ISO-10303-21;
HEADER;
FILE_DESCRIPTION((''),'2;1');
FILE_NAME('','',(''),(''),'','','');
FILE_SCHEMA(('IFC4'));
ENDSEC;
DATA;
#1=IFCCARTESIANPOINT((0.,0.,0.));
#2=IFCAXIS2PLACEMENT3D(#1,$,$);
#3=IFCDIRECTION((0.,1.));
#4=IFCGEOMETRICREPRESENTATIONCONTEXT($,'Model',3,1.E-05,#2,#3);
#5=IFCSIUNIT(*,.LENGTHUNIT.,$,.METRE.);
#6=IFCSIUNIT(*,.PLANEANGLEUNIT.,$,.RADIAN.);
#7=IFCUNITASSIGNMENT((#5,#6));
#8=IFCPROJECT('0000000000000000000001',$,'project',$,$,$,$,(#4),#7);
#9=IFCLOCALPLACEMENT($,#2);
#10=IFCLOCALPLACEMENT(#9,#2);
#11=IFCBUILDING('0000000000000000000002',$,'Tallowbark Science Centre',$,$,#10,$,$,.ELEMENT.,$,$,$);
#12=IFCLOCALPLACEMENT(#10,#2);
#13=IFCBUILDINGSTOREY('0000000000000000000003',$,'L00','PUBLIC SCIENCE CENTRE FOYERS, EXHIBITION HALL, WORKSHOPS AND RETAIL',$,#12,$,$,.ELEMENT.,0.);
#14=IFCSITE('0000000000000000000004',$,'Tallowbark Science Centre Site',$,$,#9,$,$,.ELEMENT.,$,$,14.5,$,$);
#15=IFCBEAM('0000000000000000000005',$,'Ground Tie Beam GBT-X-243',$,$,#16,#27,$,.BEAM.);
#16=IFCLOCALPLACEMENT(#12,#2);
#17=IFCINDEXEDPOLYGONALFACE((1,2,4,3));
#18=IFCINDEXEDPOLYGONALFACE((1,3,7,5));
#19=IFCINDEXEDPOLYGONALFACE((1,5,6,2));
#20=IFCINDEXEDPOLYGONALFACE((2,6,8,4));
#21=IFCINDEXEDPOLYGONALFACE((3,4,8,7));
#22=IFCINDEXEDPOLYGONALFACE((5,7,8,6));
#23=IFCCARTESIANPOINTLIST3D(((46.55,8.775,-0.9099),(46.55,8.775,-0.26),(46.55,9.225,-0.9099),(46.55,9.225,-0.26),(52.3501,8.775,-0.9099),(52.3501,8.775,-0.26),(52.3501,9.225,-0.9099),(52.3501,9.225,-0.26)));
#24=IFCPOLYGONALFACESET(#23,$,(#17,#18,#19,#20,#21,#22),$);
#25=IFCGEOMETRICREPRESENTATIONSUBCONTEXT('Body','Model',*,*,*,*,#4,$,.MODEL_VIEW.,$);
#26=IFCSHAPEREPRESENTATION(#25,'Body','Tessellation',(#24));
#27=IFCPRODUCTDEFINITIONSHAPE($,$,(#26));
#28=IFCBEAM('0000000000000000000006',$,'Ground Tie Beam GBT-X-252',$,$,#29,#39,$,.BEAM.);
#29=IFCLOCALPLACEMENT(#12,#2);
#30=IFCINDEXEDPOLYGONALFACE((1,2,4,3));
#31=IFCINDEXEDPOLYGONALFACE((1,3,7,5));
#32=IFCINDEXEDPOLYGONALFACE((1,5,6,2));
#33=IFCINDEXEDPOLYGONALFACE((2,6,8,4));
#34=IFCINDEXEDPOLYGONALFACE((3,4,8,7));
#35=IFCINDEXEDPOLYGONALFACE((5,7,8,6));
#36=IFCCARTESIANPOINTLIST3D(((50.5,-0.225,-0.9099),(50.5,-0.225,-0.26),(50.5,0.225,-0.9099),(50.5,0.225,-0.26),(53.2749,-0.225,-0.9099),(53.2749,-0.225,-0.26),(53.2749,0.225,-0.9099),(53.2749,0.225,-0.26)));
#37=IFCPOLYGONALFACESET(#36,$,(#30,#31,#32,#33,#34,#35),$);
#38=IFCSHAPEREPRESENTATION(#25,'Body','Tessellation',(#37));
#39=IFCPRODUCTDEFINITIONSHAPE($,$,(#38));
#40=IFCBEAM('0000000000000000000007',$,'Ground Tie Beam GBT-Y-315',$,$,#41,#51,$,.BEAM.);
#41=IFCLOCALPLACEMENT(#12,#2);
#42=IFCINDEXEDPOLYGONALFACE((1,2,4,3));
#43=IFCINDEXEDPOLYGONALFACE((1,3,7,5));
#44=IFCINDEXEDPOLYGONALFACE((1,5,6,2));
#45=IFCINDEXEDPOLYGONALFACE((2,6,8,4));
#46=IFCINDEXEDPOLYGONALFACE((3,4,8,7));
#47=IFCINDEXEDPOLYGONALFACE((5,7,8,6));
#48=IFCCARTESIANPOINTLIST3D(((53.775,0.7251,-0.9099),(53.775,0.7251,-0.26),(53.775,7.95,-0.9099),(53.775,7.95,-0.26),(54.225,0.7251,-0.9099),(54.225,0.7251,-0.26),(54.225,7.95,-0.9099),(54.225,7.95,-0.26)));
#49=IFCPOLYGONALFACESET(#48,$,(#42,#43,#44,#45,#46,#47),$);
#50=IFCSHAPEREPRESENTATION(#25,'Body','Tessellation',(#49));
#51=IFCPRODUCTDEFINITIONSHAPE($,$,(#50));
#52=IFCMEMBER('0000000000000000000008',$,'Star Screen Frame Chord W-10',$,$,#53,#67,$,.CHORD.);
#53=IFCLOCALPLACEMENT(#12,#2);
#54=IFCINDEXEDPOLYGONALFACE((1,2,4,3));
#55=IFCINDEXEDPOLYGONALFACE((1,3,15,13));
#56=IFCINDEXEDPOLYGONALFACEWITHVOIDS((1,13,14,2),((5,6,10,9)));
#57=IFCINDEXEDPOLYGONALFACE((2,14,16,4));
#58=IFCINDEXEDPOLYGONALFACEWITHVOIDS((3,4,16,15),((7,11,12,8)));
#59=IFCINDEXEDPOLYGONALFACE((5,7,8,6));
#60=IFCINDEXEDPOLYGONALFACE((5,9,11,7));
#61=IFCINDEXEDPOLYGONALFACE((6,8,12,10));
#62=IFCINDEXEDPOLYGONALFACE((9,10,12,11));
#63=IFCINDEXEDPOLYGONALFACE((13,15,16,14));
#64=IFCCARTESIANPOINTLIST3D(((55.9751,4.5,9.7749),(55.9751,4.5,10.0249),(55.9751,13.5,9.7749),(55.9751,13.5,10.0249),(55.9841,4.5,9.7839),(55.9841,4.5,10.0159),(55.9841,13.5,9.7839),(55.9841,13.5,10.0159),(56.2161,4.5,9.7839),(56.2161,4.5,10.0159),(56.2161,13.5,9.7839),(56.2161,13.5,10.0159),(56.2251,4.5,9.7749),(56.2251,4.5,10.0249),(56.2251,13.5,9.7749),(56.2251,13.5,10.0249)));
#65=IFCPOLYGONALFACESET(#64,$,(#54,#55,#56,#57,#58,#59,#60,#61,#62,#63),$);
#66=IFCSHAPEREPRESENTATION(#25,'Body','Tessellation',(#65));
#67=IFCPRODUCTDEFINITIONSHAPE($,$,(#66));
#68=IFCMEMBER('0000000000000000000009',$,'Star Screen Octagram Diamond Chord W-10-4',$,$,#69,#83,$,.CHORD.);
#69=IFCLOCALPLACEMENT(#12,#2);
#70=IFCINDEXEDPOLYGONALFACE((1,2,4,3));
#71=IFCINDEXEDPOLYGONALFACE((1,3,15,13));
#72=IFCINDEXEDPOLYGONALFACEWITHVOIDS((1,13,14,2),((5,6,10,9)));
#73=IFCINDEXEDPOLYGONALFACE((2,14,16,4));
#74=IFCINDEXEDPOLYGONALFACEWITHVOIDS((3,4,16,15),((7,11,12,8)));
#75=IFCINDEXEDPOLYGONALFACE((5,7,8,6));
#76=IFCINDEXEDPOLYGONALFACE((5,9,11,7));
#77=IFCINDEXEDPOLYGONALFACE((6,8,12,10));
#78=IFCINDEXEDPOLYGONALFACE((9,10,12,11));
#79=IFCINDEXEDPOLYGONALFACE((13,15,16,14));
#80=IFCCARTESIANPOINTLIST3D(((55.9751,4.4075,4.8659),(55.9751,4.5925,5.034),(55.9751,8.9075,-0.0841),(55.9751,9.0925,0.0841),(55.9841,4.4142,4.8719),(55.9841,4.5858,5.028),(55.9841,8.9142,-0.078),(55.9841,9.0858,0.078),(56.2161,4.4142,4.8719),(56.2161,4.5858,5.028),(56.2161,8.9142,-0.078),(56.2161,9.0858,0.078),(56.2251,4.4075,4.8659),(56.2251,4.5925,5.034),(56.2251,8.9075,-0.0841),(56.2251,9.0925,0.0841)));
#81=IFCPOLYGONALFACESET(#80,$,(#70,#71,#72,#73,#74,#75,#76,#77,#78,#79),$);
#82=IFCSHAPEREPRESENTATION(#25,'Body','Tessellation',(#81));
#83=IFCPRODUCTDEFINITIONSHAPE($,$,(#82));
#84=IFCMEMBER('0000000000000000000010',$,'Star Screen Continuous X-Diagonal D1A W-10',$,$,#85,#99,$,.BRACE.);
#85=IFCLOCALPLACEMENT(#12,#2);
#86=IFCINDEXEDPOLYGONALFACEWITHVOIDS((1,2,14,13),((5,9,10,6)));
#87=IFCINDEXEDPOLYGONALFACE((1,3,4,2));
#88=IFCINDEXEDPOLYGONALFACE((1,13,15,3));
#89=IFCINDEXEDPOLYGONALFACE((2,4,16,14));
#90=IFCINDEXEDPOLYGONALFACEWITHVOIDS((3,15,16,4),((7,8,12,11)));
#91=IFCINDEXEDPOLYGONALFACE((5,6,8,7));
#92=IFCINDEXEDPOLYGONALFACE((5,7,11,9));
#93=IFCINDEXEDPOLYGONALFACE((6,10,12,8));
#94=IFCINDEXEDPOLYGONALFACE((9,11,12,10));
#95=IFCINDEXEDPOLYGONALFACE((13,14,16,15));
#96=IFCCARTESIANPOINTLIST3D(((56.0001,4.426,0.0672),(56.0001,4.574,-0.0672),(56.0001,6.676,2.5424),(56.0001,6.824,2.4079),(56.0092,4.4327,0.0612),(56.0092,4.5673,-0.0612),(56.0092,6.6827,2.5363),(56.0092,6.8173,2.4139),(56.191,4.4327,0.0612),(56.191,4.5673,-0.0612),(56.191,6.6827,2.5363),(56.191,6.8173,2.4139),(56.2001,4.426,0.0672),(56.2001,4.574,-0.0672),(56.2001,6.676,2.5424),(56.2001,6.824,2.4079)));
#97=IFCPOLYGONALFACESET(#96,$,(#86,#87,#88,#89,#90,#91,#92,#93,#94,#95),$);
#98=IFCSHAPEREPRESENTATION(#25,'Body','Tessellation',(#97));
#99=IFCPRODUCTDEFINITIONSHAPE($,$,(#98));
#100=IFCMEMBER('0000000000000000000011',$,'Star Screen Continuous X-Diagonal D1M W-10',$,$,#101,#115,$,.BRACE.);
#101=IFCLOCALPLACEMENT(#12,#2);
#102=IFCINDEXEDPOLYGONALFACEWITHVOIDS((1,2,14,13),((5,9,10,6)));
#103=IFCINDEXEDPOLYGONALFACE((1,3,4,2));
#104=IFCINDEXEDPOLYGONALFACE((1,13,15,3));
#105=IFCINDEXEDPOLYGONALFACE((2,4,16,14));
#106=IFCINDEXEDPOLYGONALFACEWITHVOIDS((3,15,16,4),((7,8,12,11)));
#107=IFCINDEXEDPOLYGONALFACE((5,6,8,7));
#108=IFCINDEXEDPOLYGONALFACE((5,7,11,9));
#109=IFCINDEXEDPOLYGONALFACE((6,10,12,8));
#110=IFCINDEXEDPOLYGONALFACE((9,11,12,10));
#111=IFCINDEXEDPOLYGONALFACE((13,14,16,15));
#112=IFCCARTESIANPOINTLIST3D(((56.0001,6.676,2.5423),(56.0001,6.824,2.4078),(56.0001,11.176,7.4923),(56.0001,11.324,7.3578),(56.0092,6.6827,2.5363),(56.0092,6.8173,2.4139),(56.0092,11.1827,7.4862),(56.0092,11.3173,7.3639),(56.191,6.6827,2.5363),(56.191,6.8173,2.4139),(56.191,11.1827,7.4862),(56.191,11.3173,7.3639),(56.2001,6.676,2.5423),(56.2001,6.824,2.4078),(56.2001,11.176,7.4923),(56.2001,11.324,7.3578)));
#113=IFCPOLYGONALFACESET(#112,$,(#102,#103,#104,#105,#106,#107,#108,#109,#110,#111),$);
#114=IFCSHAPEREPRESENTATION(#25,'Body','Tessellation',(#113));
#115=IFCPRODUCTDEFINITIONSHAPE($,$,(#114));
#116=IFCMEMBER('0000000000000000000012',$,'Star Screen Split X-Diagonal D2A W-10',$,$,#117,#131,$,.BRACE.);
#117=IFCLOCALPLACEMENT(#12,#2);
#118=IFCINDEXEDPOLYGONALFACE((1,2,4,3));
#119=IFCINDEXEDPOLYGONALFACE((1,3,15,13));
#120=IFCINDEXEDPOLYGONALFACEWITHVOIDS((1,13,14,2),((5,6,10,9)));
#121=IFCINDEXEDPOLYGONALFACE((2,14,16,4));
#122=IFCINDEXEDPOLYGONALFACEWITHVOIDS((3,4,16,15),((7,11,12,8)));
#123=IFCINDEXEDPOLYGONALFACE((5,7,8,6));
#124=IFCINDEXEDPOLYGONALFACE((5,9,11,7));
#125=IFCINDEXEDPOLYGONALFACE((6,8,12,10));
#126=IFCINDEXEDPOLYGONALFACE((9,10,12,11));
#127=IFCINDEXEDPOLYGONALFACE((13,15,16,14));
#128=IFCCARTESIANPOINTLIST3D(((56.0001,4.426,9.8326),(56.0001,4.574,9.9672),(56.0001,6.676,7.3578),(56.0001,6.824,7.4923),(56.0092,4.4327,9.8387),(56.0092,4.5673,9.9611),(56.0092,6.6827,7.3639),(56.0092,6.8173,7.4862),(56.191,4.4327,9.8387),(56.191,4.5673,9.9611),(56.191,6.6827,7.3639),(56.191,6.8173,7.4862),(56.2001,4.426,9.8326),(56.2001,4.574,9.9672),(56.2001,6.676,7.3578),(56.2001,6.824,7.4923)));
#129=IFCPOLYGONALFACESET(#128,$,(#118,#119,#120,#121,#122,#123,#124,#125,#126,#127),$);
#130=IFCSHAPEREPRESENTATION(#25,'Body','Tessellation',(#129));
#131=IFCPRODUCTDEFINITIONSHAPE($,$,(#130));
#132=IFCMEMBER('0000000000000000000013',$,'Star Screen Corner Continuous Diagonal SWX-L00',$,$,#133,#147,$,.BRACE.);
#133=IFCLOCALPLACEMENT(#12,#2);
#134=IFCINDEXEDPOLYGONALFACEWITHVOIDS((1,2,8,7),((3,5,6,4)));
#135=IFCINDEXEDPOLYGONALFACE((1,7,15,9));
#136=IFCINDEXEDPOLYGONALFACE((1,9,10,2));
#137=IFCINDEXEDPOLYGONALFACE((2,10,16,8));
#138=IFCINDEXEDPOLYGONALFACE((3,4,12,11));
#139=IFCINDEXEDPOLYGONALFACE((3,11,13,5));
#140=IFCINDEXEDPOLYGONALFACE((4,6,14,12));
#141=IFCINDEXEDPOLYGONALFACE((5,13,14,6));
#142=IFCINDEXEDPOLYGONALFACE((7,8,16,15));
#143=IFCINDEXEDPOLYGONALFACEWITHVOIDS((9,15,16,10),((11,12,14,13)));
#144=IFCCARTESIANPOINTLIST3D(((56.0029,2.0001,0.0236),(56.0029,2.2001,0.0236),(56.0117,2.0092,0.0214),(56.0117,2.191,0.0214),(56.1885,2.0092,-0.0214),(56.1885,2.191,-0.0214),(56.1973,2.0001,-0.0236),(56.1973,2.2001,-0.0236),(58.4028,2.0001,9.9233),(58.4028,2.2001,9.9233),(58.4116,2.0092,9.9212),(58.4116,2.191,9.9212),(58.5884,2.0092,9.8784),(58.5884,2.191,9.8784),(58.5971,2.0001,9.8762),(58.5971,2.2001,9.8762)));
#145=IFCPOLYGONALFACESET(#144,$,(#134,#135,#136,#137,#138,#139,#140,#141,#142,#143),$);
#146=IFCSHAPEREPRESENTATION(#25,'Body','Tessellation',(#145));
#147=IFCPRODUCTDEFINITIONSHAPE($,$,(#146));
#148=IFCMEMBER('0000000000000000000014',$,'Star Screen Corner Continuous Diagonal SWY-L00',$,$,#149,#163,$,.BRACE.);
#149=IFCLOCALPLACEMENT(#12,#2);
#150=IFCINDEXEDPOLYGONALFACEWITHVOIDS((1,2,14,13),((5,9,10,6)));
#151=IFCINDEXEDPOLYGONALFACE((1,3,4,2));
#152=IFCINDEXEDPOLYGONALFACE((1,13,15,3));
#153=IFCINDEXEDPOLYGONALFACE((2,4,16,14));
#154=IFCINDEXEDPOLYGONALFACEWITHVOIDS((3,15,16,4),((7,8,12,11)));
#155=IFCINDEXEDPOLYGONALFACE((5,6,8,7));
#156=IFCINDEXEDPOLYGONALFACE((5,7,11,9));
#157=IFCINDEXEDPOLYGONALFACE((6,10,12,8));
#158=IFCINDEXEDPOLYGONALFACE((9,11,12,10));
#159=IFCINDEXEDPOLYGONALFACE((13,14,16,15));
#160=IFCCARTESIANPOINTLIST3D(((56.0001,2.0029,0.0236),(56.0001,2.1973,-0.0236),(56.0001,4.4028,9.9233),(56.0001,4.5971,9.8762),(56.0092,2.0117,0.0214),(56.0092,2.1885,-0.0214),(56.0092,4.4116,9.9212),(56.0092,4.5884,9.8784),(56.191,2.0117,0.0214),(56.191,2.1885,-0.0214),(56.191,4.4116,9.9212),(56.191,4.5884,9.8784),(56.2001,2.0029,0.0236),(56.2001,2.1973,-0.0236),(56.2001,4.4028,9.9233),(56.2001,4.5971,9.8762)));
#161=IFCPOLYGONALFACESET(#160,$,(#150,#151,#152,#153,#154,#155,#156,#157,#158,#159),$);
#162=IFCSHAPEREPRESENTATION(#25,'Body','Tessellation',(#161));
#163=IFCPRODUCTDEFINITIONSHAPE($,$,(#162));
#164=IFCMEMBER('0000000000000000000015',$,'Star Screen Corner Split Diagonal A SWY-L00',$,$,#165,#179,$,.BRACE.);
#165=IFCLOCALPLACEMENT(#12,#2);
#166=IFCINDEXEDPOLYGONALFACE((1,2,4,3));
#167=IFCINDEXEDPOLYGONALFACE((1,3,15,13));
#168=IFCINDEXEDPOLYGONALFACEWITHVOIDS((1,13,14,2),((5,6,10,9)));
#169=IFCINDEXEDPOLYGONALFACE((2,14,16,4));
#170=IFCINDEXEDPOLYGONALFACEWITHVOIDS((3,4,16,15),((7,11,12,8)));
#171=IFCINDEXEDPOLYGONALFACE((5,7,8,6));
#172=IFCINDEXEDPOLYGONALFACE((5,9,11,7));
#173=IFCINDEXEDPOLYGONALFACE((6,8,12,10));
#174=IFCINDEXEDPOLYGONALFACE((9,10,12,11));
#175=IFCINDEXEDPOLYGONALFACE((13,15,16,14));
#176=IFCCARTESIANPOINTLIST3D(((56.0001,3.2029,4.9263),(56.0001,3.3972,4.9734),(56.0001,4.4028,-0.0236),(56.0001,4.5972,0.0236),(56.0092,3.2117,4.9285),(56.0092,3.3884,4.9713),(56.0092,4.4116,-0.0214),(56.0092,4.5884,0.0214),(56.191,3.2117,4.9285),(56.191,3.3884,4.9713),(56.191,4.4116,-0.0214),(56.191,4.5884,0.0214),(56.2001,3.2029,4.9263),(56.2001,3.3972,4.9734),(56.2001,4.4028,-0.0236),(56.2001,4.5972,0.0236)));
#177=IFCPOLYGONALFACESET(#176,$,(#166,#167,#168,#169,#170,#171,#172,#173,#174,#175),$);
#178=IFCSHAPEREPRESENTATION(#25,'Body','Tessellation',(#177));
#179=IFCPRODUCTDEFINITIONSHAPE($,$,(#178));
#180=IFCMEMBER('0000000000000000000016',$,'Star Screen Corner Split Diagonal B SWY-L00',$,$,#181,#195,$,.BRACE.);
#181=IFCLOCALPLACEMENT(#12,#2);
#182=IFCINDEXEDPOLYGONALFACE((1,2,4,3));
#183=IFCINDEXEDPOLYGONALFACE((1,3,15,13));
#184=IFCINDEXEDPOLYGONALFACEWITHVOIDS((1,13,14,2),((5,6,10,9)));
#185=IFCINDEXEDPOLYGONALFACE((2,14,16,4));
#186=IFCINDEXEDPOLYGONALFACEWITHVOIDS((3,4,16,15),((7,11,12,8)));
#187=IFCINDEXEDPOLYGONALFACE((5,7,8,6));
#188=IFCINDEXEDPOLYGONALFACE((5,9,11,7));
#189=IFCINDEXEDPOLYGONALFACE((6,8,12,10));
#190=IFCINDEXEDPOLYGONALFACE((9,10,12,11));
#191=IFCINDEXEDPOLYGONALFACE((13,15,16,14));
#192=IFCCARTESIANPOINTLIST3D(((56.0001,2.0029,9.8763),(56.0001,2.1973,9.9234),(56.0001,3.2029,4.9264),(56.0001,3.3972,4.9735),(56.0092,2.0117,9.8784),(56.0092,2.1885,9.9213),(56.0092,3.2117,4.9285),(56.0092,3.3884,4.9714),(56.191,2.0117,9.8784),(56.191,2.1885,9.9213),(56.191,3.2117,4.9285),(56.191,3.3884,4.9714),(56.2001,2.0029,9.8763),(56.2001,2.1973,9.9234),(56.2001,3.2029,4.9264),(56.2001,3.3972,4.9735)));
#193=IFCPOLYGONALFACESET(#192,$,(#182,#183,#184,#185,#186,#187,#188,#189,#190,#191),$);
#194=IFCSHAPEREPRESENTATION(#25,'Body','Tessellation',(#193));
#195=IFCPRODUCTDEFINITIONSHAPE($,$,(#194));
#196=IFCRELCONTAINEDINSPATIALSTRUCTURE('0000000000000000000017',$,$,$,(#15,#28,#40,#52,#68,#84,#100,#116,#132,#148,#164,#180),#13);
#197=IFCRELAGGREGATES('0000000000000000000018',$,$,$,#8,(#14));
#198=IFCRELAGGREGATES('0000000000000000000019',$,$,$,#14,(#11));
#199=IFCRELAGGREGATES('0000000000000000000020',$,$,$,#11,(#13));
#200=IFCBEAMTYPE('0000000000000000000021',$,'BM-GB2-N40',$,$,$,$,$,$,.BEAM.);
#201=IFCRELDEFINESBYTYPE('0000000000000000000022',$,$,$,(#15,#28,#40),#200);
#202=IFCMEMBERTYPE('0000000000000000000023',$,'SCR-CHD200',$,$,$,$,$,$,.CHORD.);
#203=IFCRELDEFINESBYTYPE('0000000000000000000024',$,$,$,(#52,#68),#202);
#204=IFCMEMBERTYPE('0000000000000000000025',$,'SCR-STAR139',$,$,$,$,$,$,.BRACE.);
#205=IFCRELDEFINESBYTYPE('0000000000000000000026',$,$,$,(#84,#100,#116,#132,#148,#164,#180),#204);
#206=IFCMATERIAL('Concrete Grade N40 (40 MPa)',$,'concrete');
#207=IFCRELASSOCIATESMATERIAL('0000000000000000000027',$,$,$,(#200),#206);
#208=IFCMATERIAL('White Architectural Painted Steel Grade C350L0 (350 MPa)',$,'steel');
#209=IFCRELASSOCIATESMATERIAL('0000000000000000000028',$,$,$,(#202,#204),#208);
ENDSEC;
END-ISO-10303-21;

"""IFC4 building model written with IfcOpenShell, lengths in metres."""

from ifc_helpers import new_model, si_unit, direction, frame, origin, origin_2d, place, context, subcontext, project, spatial, rectangle, hollow_rectangle, extrude, material, material_profile, profile_set, type_object, element, save


model = new_model("IFC4")

# Units and contexts
model_context = context("Model", 3, precision=1e-05, world=origin(), true_north=direction((0.0, 1.0)))
body_context = subcontext(model_context, "Body", "Model", "MODEL_VIEW")
ifc_project = project(units=[si_unit("LENGTHUNIT", "METRE"), si_unit("PLANEANGLEUNIT", "RADIAN")], contexts=[model_context])

# Site, building, storey
site_placement = place(None, origin())
site = spatial("IfcSite", under=ifc_project, at=site_placement, Name="Tallowbark Science Centre Site", CompositionType="ELEMENT", RefElevation=14.5)
building_placement = place(site_placement, origin())
building = spatial("IfcBuilding", under=site, at=building_placement, Name="Tallowbark Science Centre", CompositionType="ELEMENT")
storey_placement = place(building_placement, origin())
storey = spatial("IfcBuildingStorey", under=building, at=storey_placement, Name="L00", Description="PUBLIC SCIENCE CENTRE FOYERS, EXHIBITION HALL, WORKSHOPS AND RETAIL", CompositionType="ELEMENT", Elevation=0.0)

# Shared definitions
ifc_material_1 = material(Name="Concrete Grade N40 (40 MPa)", Category="concrete")

# Shared definitions
ifc_material_2 = material(Name="White Architectural Painted Steel Grade C350L0 (350 MPa)", Category="steel")

# Beams
ifc_material_profile_1 = material_profile(ifc_material_1, rectangle(XDim=0.45, YDim=0.6499, at=origin_2d()), Name="RC450x650")
ifc_profile_set_1 = profile_set([ifc_material_profile_1], Name="Concrete Grade N40 (40 MPa)")
beam_type_1 = type_object("IfcBeamType", Name="BM-GB2-N40", PredefinedType="BEAM", material=ifc_profile_set_1)
beam_1_placement = place(storey_placement, frame((46.55, 9.0, -0.585), z_axis=(1.0, 0.0, 0.0), x_axis=(0.0, 1.0, 0.0)))
element("IfcBeam", 1, at=beam_1_placement, inside=storey, type_object=beam_type_1, Name="Ground Tie Beam GBT-X-243", PredefinedType="BEAM", context=body_context, shape_type="SweptSolid", body=[
    extrude(rectangle(XDim=0.45, YDim=0.6499, at=origin_2d()), origin(), (0.0, 0.0, 1.0), 5.8),
])
beam_2_placement = place(storey_placement, frame((50.5, 0.0, -0.585), z_axis=(1.0, 0.0, 0.0), x_axis=(0.0, 1.0, 0.0)))
element("IfcBeam", 2, at=beam_2_placement, inside=storey, type_object=beam_type_1, Name="Ground Tie Beam GBT-X-252", PredefinedType="BEAM", context=body_context, shape_type="SweptSolid", body=[
    extrude(rectangle(XDim=0.45, YDim=0.6499, at=origin_2d()), origin(), (0.0, 0.0, 1.0), 2.7749),
])
beam_3_placement = place(storey_placement, frame((54.0, 0.7251, -0.585), z_axis=(0.0, 1.0, 0.0), x_axis=(-1.0, 0.0, 0.0)))
element("IfcBeam", 3, at=beam_3_placement, inside=storey, type_object=beam_type_1, Name="Ground Tie Beam GBT-Y-315", PredefinedType="BEAM", context=body_context, shape_type="SweptSolid", body=[
    extrude(rectangle(XDim=0.45, YDim=0.6499, at=origin_2d()), origin(), (0.0, 0.0, 1.0), 7.2249),
])

# Members
ifc_material_profile_2 = material_profile(ifc_material_2, hollow_rectangle(XDim=0.25, YDim=0.25, WallThickness=0.009, at=origin_2d()), Name="250x250x9.0SHS")
ifc_profile_set_2 = profile_set([ifc_material_profile_2], Name="White Architectural Painted Steel Grade C350L0 (350 MPa)")
member_type_1 = type_object("IfcMemberType", Name="SCR-CHD200", PredefinedType="CHORD", material=ifc_profile_set_2)
member_1_placement = place(storey_placement, frame((56.1001, 4.5, 9.8999), z_axis=(0.0, 1.0, 0.0), x_axis=(-1.0, 0.0, 0.0)))
element("IfcMember", 4, at=member_1_placement, inside=storey, type_object=member_type_1, Name="Star Screen Frame Chord W-10", PredefinedType="CHORD", context=body_context, shape_type="SweptSolid", body=[
    extrude(hollow_rectangle(XDim=0.25, YDim=0.25, WallThickness=0.009, at=origin_2d()), origin(), (0.0, 0.0, 1.0), 9.0),
])
member_2_placement = place(storey_placement, frame((56.1001, 4.5, 4.95), z_axis=(0.0, 0.672676, -0.739937), x_axis=(-1.0, 0.0, 0.0)))
element("IfcMember", 5, at=member_2_placement, inside=storey, type_object=member_type_1, Name="Star Screen Octagram Diamond Chord W-10-4", PredefinedType="CHORD", context=body_context, shape_type="SweptSolid", body=[
    extrude(hollow_rectangle(XDim=0.25, YDim=0.25, WallThickness=0.009, at=origin_2d()), origin(), (0.0, 0.0, 1.0), 6.6897),
])
ifc_material_profile_3 = material_profile(ifc_material_2, hollow_rectangle(XDim=0.2, YDim=0.2, WallThickness=0.009, at=origin_2d()), Name="200x200x9.0SHS")
ifc_profile_set_3 = profile_set([ifc_material_profile_3], Name="White Architectural Painted Steel Grade C350L0 (350 MPa)")
member_type_2 = type_object("IfcMemberType", Name="SCR-STAR139", PredefinedType="BRACE", material=ifc_profile_set_3)
member_3_placement = place(storey_placement, frame((56.1001, 4.5, 0.0), z_axis=(0.0, 0.672658, 0.739953), x_axis=(-1.0, 0.0, 0.0)))
element("IfcMember", 6, at=member_3_placement, inside=storey, type_object=member_type_2, Name="Star Screen Continuous X-Diagonal D1A W-10", PredefinedType="BRACE", context=body_context, shape_type="SweptSolid", body=[
    extrude(hollow_rectangle(XDim=0.2, YDim=0.2, WallThickness=0.009, at=origin_2d()), origin(), (0.0, 0.0, 1.0), 3.345),
])
member_4_placement = place(storey_placement, frame((56.1001, 6.75, 2.4751), z_axis=(0.0, 0.672676, 0.739937), x_axis=(-1.0, 0.0, 0.0)))
element("IfcMember", 7, at=member_4_placement, inside=storey, type_object=member_type_2, Name="Star Screen Continuous X-Diagonal D1M W-10", PredefinedType="BRACE", context=body_context, shape_type="SweptSolid", body=[
    extrude(hollow_rectangle(XDim=0.2, YDim=0.2, WallThickness=0.009, at=origin_2d()), origin(), (0.0, 0.0, 1.0), 6.6897),
])
member_5_placement = place(storey_placement, frame((56.1001, 4.5, 9.8999), z_axis=(0.0, 0.672695, -0.73992), x_axis=(-1.0, 0.0, 0.0)))
element("IfcMember", 8, at=member_5_placement, inside=storey, type_object=member_type_2, Name="Star Screen Split X-Diagonal D2A W-10", PredefinedType="BRACE", context=body_context, shape_type="SweptSolid", body=[
    extrude(hollow_rectangle(XDim=0.2, YDim=0.2, WallThickness=0.009, at=origin_2d()), origin(), (0.0, 0.0, 1.0), 3.3447),
])
for number, where, z_axis, x_axis, name in (
    (9, (56.1001, 2.1001, 0.0), (0.235593, 0.0, 0.971852), (0.0, 1.0, 0.0), "Star Screen Corner Continuous Diagonal SWX-L00"),
    (10, (56.1001, 2.1001, 0.0), (0.0, 0.235593, 0.971852), (-1.0, 0.0, 0.0), "Star Screen Corner Continuous Diagonal SWY-L00"),
):
    element("IfcMember", number, at=place(storey_placement, frame(where, z_axis=z_axis, x_axis=x_axis)), inside=storey, type_object=member_type_2, Name=name, PredefinedType="BRACE", context=body_context, shape_type="SweptSolid", body=[
        extrude(hollow_rectangle(XDim=0.2, YDim=0.2, WallThickness=0.009, at=origin_2d()), origin(), (0.0, 0.0, 1.0), 10.1865),
    ])
for number, where, z_axis, x_axis, name in (
    (11, (56.1001, 4.5, 0.0), (0.0, -0.235593, 0.971852), (1.0, 0.0, 0.0), "Star Screen Corner Split Diagonal A SWY-L00"),
    (12, (56.1001, 3.3, 4.95), (0.0, -0.235593, 0.971852), (1.0, 0.0, 0.0), "Star Screen Corner Split Diagonal B SWY-L00"),
):
    element("IfcMember", number, at=place(storey_placement, frame(where, z_axis=z_axis, x_axis=x_axis)), inside=storey, type_object=member_type_2, Name=name, PredefinedType="BRACE", context=body_context, shape_type="SweptSolid", body=[
        extrude(hollow_rectangle(XDim=0.2, YDim=0.2, WallThickness=0.009, at=origin_2d()), origin(), (0.0, 0.0, 1.0), 5.0933),
    ])

save(model, "model.ifc")
